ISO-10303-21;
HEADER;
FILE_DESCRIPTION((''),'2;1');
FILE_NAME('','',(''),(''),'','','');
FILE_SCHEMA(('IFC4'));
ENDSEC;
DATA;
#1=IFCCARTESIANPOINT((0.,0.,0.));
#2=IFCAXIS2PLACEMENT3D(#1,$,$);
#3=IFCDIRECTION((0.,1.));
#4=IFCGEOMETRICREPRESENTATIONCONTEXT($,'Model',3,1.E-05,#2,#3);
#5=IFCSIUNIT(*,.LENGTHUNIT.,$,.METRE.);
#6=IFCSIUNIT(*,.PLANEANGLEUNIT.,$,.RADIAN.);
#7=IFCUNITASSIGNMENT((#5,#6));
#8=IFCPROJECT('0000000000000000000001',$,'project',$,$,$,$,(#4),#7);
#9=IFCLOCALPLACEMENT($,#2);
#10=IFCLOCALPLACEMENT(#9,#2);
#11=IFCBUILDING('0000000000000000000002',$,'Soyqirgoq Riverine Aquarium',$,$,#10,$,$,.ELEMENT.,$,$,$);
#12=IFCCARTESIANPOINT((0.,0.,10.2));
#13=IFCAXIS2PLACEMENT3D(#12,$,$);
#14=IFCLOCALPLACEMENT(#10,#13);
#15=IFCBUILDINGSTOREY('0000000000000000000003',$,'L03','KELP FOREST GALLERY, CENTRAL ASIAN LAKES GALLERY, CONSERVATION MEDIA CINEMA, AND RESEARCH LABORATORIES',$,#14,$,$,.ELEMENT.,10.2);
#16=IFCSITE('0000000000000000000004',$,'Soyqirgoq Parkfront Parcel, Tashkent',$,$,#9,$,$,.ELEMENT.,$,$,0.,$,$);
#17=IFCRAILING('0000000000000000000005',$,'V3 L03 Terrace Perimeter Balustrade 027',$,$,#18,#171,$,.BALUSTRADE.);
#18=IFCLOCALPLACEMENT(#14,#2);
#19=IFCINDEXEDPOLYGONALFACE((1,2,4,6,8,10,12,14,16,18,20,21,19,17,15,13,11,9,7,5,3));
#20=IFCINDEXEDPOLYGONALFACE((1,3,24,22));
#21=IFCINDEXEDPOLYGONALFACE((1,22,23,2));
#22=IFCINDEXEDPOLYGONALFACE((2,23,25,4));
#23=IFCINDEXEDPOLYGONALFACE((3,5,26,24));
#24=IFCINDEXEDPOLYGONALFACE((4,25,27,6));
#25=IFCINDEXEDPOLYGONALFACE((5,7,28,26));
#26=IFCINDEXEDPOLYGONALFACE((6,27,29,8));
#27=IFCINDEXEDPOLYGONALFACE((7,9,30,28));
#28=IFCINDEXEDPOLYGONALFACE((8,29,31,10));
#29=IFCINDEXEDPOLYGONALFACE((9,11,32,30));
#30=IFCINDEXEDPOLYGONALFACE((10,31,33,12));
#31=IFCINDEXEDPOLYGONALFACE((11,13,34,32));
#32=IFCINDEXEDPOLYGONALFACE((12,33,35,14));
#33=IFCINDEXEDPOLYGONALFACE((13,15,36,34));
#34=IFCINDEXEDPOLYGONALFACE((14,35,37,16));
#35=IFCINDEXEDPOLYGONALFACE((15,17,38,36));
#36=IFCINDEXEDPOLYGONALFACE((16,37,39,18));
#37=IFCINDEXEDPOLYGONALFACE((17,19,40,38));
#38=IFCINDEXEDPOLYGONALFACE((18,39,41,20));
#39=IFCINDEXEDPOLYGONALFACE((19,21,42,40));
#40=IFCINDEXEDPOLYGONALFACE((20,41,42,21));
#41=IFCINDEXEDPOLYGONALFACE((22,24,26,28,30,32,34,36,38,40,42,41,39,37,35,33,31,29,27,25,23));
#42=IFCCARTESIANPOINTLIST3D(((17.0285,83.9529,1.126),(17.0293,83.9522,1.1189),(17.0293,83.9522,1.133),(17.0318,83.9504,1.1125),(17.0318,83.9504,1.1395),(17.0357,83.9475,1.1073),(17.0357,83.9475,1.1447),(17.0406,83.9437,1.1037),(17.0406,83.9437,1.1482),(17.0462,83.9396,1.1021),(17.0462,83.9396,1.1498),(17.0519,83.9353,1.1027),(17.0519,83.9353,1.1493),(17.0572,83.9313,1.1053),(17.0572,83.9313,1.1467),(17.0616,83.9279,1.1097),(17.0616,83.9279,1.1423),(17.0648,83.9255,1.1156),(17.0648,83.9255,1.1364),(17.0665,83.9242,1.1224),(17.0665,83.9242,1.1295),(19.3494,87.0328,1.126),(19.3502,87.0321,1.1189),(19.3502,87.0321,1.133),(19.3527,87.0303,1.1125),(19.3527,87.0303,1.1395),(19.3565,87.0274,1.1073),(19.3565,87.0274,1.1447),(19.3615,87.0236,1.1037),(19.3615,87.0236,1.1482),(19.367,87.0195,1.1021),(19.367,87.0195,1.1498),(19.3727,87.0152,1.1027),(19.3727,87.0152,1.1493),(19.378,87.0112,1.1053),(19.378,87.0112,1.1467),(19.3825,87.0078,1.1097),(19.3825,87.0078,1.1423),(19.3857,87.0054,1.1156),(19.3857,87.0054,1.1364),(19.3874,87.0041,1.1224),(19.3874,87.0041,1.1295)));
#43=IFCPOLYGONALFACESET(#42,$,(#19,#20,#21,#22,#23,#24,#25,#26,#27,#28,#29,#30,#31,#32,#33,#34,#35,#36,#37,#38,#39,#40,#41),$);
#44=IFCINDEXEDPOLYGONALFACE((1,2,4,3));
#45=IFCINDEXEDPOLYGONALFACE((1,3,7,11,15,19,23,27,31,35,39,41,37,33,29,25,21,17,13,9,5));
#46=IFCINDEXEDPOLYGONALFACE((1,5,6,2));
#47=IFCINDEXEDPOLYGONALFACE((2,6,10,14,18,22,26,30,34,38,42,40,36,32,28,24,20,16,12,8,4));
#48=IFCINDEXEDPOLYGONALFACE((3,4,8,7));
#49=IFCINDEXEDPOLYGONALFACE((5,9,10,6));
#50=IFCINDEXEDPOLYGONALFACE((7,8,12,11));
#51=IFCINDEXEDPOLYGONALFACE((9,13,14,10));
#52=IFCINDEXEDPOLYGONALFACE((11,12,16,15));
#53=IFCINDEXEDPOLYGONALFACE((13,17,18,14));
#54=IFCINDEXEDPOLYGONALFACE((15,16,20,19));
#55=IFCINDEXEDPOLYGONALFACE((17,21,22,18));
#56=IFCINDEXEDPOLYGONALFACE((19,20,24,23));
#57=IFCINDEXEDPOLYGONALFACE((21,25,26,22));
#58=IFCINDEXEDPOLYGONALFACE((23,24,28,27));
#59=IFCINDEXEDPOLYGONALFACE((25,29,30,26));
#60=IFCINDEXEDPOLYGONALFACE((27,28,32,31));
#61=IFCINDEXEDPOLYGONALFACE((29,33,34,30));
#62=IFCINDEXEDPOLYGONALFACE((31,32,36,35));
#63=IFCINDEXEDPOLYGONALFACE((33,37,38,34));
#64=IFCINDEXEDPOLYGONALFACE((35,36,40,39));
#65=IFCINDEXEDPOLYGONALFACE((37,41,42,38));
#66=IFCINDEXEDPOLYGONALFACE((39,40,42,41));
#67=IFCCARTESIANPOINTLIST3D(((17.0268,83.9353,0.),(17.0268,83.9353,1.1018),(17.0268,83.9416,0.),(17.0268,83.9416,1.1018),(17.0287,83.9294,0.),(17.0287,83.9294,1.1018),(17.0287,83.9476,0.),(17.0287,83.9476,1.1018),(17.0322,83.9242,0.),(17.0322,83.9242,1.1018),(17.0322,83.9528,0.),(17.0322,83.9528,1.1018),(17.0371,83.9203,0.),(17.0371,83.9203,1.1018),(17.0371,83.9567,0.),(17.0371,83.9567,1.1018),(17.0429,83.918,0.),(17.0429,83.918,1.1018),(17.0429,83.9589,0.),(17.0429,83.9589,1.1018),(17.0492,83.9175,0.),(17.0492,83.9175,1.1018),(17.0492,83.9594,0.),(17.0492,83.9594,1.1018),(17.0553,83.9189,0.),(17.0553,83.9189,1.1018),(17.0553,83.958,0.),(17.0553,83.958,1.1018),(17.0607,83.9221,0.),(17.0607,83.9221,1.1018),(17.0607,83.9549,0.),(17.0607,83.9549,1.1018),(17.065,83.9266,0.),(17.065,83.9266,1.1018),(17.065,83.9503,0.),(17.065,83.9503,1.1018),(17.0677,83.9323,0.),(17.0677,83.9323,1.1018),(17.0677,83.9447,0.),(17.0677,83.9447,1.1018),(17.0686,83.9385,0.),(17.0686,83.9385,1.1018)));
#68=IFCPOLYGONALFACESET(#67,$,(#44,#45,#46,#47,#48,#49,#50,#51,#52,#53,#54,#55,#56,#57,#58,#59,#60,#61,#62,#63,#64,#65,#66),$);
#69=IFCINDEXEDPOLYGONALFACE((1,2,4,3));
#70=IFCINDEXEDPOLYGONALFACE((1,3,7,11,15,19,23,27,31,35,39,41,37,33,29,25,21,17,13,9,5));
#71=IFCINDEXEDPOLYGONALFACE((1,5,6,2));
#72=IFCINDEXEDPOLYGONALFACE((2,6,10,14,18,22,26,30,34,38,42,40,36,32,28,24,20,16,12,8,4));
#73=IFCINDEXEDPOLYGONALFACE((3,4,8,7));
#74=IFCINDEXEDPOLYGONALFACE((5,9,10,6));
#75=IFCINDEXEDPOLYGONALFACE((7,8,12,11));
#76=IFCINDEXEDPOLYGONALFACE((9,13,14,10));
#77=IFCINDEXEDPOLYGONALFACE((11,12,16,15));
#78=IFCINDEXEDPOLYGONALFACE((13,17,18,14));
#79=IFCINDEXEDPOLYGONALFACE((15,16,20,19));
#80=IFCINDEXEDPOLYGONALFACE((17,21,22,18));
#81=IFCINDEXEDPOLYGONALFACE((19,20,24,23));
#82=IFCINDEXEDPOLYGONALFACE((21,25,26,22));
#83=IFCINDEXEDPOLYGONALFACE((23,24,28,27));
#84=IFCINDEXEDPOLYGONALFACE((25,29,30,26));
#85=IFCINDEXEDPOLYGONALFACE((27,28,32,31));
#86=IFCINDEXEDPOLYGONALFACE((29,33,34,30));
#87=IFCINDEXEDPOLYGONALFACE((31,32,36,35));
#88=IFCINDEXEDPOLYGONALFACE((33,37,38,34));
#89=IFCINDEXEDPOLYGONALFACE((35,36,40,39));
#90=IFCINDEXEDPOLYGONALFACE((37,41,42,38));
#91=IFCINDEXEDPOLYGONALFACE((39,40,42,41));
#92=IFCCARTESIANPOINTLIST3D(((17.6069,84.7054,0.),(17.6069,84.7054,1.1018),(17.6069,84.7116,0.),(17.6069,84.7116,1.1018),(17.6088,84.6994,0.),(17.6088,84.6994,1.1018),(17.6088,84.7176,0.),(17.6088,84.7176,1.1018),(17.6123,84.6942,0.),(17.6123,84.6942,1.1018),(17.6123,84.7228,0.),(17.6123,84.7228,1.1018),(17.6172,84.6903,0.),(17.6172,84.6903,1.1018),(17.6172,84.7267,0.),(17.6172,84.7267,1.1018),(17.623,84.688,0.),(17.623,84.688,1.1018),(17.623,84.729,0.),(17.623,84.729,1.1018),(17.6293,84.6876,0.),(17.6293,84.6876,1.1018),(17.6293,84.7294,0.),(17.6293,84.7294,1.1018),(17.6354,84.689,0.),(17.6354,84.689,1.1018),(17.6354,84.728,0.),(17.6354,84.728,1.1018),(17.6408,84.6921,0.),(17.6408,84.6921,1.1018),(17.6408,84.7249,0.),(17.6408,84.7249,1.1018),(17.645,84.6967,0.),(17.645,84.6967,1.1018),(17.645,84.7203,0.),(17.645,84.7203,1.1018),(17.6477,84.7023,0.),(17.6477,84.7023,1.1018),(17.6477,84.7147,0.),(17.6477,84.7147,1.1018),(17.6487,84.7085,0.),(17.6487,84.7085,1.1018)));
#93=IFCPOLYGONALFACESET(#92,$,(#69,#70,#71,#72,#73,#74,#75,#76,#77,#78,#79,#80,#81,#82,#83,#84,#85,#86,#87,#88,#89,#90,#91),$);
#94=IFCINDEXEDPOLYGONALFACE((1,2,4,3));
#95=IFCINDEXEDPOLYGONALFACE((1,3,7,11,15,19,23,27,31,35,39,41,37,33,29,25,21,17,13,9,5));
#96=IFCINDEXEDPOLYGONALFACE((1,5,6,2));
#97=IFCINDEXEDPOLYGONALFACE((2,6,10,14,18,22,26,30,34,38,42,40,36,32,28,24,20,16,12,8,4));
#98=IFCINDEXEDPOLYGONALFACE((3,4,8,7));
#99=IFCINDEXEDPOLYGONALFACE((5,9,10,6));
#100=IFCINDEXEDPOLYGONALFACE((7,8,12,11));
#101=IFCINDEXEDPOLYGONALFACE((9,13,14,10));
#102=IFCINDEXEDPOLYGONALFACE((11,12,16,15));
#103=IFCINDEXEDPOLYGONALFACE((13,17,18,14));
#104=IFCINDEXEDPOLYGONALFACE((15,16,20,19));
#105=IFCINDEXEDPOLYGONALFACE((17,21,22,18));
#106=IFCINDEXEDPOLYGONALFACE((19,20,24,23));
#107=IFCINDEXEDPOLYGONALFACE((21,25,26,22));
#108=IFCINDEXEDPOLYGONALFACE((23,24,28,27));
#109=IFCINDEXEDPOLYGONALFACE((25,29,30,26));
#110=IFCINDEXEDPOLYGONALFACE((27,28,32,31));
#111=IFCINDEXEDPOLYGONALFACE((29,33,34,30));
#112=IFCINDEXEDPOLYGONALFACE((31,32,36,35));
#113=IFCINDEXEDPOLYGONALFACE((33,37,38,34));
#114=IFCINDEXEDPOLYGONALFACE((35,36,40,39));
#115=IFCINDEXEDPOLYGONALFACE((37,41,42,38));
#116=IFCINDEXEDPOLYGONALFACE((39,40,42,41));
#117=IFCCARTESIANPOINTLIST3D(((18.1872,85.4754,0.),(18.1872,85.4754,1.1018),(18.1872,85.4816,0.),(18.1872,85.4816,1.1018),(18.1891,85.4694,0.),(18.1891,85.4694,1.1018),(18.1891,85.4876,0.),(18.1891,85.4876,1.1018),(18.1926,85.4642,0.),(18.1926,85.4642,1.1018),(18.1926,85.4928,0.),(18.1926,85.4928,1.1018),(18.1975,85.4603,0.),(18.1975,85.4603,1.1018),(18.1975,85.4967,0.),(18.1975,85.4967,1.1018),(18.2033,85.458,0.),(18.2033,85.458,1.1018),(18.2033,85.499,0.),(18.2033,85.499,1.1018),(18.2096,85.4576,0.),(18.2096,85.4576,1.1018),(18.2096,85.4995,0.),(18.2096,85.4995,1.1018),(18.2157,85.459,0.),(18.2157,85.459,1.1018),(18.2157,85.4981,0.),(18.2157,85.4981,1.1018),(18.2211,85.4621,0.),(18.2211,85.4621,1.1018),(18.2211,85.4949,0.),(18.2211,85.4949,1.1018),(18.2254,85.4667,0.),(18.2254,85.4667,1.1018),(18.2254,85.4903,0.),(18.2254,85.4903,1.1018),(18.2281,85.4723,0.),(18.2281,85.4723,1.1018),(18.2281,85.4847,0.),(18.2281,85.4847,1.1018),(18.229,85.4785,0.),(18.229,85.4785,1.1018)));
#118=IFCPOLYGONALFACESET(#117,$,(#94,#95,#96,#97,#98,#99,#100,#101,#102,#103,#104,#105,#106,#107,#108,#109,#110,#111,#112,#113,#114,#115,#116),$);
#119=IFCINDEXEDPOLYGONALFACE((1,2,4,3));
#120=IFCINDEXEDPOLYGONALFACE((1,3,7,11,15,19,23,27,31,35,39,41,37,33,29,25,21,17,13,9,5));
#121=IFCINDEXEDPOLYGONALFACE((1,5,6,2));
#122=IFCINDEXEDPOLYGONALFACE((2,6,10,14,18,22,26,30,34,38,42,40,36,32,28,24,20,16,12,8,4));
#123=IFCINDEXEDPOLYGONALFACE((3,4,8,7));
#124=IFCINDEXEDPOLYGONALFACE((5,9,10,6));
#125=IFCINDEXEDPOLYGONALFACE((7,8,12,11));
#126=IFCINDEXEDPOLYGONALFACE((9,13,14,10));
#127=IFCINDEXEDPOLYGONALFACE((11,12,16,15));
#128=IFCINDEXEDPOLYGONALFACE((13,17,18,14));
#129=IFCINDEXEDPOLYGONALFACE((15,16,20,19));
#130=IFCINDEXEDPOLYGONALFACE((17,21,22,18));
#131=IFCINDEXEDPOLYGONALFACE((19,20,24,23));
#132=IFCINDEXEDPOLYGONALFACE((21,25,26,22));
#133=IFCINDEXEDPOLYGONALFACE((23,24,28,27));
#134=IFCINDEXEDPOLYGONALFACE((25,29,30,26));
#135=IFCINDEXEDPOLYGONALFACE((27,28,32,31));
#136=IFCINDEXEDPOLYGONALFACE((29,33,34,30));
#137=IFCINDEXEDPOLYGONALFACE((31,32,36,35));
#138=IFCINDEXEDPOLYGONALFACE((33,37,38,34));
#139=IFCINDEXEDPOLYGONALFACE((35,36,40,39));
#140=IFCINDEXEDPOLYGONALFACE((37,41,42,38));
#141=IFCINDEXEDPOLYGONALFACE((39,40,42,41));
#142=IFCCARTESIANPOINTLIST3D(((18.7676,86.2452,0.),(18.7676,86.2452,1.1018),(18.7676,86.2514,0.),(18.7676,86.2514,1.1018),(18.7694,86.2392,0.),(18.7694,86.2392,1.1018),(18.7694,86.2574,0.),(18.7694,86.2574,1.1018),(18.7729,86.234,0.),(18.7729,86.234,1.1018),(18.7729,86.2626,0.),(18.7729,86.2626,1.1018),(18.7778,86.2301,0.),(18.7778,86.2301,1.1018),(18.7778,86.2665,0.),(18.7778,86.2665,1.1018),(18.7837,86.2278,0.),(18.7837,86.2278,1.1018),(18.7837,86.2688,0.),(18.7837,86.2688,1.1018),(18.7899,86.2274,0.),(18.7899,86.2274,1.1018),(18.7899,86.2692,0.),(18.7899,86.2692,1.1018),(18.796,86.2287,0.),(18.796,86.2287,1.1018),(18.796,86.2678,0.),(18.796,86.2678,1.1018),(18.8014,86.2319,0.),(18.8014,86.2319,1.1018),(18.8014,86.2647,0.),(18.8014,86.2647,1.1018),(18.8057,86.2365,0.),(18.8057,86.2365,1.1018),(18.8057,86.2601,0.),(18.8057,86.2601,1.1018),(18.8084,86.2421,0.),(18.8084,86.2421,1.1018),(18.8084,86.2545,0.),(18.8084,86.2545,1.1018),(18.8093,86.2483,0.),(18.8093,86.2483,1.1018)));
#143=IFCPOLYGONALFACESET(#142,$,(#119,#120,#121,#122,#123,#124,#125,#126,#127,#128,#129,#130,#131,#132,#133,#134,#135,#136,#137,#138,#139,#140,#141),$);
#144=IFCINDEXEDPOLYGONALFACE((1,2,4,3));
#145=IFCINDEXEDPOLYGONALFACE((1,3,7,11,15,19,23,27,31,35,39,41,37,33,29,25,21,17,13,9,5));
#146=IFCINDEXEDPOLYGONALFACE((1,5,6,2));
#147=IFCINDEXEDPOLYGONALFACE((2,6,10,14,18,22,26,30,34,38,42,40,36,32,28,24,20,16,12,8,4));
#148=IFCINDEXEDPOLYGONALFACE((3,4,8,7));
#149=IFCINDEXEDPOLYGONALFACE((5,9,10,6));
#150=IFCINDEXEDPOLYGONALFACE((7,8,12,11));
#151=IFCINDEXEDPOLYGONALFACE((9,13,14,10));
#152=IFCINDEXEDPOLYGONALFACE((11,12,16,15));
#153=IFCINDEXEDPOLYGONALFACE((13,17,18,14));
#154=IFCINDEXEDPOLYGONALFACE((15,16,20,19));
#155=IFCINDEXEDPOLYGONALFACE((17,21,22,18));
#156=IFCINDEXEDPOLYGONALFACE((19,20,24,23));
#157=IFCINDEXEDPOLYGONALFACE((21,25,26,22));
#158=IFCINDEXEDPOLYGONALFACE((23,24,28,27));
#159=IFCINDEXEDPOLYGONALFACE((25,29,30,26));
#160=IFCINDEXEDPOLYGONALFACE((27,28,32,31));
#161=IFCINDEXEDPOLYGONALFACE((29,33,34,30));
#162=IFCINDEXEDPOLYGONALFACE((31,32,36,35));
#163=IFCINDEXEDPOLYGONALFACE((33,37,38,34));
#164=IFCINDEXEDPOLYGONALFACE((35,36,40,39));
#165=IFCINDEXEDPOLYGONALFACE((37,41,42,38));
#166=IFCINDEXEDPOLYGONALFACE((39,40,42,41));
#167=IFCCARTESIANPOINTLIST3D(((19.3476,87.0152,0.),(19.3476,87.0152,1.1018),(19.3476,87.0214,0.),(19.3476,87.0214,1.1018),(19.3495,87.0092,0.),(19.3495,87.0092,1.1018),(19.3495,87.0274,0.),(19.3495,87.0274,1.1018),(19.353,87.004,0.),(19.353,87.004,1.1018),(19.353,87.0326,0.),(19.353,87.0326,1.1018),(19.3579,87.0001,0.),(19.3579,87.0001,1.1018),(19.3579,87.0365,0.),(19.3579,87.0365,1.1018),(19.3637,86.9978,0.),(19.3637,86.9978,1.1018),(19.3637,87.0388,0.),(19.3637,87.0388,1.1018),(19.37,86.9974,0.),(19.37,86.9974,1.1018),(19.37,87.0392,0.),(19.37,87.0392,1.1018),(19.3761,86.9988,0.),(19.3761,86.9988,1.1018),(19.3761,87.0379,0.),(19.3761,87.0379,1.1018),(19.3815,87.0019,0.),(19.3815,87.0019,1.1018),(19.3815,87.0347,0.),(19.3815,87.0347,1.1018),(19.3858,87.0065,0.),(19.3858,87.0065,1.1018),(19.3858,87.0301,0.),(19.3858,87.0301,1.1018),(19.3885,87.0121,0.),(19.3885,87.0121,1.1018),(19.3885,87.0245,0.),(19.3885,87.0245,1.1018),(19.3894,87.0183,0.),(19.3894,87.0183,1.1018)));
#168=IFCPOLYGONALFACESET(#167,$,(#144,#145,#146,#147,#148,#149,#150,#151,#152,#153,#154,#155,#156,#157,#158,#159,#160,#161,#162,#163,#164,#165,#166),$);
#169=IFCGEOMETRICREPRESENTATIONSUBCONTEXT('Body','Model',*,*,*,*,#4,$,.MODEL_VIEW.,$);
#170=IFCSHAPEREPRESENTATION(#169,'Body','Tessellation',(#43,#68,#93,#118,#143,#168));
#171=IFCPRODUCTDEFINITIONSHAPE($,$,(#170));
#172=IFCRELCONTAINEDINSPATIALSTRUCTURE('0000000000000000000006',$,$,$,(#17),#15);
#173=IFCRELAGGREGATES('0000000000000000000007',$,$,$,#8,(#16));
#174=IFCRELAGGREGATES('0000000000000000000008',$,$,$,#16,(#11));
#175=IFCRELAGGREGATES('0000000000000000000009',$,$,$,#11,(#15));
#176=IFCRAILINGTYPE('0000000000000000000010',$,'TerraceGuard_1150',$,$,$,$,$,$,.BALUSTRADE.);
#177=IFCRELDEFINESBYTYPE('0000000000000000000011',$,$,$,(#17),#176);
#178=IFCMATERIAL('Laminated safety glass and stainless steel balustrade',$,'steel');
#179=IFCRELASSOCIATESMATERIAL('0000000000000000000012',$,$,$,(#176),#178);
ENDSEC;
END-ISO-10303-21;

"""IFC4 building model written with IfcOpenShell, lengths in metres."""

from ifc_helpers import new_model, si_unit, direction, frame, origin, origin_2d, place, context, subcontext, project, spatial, circle, extrude, material, type_object, element, save


model = new_model("IFC4")

# Units and contexts
model_context = context("Model", 3, precision=1e-05, world=origin(), true_north=direction((0.0, 1.0)))
body_context = subcontext(model_context, "Body", "Model", "MODEL_VIEW")
ifc_project = project(units=[si_unit("LENGTHUNIT", "METRE"), si_unit("PLANEANGLEUNIT", "RADIAN")], contexts=[model_context])

# Site, building, storey
site_placement = place(None, origin())
site = spatial("IfcSite", under=ifc_project, at=site_placement, Name="Soyqirgoq Parkfront Parcel, Tashkent", CompositionType="ELEMENT", RefElevation=0.0)
building_placement = place(site_placement, origin())
building = spatial("IfcBuilding", under=site, at=building_placement, Name="Soyqirgoq Riverine Aquarium", CompositionType="ELEMENT")
storey_placement = place(building_placement, frame((0.0, 0.0, 10.2)))
storey = spatial("IfcBuildingStorey", under=building, at=storey_placement, Name="L03", Description="KELP FOREST GALLERY, CENTRAL ASIAN LAKES GALLERY, CONSERVATION MEDIA CINEMA, AND RESEARCH LABORATORIES", CompositionType="ELEMENT", Elevation=10.2)

# Railing
ifc_material_1 = material(Name="Laminated safety glass and stainless steel balustrade", Category="steel")
railing_type = type_object("IfcRailingType", Name="TerraceGuard_1150", PredefinedType="BALUSTRADE", material=ifc_material_1)
railing_1_placement = place(storey_placement, frame((17.0476, 83.9385, 0.0)))
element("IfcRailing", 1, at=railing_1_placement, inside=storey, type_object=railing_type, Name="V3 L03 Terrace Perimeter Balustrade 027", PredefinedType="BALUSTRADE", context=body_context, shape_type="SweptSolid", body=[
    extrude(circle(Radius=0.0239, at=origin_2d()), frame((0.0, 0.0, 1.126), z_axis=(0.601812, 0.798638, 0.0), x_axis=(-0.798638, 0.601812, 0.0)), (0.0, 0.0, 1.0), 3.8564),
    extrude(circle(Radius=0.021, at=origin_2d()), origin(), (0.0, 0.0, 1.0), 1.1018),
    extrude(circle(Radius=0.021, at=origin_2d()), frame((0.5801, 0.77, 0.0)), (0.0, 0.0, 1.0), 1.1018),
    extrude(circle(Radius=0.021, at=origin_2d()), frame((1.1604, 1.54, 0.0)), (0.0, 0.0, 1.0), 1.1018),
    extrude(circle(Radius=0.021, at=origin_2d()), frame((1.7407, 2.3098, 0.0)), (0.0, 0.0, 1.0), 1.1018),
    extrude(circle(Radius=0.021, at=origin_2d()), frame((2.3208, 3.0798, 0.0)), (0.0, 0.0, 1.0), 1.1018),
])

save(model, "model.ifc")
